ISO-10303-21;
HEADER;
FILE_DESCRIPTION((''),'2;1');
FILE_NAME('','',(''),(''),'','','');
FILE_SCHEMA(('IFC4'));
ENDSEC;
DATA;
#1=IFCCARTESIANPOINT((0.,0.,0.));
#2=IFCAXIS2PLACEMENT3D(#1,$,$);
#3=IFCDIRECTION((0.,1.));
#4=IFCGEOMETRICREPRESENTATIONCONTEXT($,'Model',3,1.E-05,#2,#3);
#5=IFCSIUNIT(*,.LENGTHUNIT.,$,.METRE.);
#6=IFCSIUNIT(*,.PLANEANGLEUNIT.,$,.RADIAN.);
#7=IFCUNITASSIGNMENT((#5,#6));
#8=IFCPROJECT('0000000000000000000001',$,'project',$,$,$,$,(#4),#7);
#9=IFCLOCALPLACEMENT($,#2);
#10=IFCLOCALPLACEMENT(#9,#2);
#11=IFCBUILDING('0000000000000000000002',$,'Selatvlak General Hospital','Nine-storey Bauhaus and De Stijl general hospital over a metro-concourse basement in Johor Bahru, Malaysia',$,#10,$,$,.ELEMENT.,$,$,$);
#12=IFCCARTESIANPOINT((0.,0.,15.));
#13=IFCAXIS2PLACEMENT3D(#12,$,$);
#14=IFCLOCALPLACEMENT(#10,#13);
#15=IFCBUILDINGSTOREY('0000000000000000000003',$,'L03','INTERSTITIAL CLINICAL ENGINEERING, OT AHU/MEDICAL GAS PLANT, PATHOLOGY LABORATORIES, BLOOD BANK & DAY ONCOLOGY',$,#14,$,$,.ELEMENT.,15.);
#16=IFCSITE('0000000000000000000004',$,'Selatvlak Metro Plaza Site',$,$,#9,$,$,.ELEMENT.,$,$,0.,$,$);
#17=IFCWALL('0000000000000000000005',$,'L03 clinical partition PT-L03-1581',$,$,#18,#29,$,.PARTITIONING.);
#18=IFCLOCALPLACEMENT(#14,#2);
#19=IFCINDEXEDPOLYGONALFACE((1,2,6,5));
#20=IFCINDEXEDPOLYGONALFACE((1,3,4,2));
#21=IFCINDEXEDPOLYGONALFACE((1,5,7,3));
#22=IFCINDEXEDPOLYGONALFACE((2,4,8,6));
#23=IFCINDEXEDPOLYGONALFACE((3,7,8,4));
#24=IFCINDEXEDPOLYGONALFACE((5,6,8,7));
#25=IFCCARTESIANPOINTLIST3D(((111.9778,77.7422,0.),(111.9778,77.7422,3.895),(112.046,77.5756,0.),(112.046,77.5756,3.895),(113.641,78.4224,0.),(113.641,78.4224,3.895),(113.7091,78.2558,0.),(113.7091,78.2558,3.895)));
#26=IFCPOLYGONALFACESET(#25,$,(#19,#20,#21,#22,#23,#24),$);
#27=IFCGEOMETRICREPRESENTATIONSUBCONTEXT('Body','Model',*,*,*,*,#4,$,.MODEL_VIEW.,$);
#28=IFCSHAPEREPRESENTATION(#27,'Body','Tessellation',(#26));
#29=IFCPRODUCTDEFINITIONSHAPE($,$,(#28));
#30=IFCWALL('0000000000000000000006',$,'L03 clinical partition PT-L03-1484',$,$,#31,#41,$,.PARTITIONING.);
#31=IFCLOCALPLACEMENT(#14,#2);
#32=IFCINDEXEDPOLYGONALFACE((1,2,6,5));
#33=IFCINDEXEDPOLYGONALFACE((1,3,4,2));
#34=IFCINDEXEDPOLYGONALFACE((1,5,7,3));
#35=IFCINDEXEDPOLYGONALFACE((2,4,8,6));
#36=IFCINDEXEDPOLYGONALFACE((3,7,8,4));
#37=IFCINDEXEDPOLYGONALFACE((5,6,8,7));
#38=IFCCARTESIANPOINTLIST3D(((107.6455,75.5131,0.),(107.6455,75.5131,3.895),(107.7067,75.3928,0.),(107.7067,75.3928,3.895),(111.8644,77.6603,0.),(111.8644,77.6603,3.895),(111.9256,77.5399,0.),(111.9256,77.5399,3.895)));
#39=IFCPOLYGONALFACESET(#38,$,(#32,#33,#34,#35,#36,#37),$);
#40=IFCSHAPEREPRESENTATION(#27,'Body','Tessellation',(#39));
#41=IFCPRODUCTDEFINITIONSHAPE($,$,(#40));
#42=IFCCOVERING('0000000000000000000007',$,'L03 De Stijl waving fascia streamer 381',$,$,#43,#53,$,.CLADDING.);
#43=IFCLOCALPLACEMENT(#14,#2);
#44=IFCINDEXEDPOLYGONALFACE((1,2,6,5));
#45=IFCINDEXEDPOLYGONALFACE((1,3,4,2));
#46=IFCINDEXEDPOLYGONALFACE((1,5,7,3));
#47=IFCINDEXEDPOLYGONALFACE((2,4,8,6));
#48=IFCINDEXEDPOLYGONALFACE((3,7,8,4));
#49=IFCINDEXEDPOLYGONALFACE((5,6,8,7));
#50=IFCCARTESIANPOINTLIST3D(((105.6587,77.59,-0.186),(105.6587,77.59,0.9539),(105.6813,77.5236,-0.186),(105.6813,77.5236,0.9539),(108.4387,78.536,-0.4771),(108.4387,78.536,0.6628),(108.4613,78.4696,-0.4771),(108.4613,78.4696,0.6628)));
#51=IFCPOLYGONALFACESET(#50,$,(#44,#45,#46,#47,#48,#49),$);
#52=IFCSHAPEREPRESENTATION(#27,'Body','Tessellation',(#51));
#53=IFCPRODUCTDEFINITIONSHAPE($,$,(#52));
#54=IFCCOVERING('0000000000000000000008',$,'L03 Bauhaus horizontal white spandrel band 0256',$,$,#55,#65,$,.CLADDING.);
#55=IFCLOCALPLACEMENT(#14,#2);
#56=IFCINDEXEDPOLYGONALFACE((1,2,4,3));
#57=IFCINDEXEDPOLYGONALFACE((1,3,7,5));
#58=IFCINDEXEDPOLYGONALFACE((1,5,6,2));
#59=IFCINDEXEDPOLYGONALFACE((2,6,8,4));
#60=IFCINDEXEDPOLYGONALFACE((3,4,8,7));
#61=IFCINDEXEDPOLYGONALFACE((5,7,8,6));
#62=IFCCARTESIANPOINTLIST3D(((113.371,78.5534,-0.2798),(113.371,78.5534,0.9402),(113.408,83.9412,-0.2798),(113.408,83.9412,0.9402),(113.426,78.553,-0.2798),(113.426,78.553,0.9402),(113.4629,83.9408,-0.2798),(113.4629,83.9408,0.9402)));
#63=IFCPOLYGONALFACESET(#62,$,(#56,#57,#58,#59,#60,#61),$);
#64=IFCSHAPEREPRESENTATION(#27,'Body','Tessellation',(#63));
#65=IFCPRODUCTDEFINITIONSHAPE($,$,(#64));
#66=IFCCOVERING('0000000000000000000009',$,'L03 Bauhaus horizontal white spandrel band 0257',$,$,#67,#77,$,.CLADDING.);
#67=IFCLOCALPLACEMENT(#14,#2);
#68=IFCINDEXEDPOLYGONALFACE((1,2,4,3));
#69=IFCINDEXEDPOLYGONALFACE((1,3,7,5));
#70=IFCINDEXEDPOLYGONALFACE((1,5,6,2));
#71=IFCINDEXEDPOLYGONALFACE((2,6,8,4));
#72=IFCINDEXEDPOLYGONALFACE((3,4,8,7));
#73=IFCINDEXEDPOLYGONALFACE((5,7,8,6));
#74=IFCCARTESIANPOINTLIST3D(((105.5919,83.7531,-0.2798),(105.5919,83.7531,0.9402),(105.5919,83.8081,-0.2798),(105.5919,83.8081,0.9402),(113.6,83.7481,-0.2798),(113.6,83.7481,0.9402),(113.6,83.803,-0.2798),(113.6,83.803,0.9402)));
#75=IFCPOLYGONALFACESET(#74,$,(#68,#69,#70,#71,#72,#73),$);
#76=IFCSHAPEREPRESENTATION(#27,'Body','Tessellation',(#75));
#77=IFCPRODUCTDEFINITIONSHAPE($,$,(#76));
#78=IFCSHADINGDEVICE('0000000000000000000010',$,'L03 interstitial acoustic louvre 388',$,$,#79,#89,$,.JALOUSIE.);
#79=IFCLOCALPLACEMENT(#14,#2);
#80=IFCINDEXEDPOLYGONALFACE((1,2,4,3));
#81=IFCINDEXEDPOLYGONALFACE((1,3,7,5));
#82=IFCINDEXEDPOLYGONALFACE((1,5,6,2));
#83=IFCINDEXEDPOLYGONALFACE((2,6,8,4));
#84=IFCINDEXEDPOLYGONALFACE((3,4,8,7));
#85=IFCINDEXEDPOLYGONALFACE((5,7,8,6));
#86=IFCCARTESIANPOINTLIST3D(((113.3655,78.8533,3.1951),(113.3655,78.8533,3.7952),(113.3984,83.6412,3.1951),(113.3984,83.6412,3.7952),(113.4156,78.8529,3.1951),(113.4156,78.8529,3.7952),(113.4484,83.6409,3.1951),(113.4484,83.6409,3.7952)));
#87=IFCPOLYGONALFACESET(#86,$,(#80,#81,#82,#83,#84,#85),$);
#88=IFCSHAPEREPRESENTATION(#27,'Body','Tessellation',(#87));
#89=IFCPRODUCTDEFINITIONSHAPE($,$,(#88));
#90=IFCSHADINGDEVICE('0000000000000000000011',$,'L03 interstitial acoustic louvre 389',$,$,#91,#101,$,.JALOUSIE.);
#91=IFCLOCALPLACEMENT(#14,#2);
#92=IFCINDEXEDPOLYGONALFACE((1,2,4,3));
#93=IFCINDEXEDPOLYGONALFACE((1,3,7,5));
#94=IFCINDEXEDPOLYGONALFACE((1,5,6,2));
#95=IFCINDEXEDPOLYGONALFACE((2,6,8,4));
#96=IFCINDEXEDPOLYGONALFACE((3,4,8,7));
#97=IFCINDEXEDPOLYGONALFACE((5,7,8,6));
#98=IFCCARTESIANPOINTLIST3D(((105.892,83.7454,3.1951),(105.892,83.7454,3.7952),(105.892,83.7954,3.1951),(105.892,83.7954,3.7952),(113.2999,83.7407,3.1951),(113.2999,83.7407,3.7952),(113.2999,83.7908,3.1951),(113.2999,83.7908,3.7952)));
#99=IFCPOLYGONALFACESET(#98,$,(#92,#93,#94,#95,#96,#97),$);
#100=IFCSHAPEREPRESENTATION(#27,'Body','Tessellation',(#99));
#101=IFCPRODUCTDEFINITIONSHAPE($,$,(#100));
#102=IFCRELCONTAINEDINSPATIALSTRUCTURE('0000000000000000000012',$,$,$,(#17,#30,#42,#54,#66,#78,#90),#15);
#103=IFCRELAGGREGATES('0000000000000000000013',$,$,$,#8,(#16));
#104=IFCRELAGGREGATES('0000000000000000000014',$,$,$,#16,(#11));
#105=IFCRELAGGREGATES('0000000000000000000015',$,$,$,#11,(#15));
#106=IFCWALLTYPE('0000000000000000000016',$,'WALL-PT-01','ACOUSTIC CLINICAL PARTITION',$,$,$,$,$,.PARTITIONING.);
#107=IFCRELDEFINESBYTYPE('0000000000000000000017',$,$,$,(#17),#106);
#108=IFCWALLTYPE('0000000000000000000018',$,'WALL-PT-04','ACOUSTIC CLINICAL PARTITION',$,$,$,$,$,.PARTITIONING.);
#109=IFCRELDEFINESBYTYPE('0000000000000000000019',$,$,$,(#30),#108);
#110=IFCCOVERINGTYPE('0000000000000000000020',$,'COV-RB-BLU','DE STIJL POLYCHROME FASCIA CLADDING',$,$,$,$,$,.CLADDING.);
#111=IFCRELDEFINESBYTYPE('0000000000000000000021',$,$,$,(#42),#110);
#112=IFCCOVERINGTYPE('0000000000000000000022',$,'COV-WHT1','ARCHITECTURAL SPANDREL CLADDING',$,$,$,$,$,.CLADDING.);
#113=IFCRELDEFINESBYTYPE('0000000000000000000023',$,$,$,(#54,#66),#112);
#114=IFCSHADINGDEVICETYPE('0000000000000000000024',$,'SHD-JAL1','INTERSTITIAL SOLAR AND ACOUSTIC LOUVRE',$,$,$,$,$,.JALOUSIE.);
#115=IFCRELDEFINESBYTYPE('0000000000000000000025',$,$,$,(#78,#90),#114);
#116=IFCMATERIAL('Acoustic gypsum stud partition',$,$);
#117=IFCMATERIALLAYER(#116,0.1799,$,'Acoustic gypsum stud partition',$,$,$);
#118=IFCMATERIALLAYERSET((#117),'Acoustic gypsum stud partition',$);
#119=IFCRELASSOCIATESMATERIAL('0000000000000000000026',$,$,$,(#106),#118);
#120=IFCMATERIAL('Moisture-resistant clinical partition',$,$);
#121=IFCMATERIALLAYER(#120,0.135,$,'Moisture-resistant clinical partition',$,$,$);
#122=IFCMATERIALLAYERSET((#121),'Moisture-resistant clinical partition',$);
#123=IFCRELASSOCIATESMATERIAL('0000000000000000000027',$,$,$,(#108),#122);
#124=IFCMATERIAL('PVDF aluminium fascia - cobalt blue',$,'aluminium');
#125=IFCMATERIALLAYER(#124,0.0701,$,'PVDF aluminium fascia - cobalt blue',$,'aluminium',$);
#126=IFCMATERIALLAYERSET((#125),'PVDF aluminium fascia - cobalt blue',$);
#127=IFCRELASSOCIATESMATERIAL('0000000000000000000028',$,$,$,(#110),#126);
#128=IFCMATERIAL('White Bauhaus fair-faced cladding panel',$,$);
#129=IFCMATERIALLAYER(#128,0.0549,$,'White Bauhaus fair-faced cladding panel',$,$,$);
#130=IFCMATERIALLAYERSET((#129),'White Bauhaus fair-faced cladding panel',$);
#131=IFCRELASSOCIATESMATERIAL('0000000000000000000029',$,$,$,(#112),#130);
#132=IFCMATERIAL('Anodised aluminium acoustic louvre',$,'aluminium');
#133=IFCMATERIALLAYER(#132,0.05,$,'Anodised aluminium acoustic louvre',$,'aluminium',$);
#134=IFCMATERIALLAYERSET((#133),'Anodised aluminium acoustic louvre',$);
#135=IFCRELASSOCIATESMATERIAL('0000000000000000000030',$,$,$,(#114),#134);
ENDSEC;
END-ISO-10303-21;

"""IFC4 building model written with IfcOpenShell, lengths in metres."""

from ifc_helpers import new_model, si_unit, direction, frame, frame_2d, origin, origin_2d, place, context, subcontext, project, spatial, polyline, rectangle, outline, extrude, material, layer, layer_set, type_object, element, save


model = new_model("IFC4")

# Units and contexts
model_context = context("Model", 3, precision=1e-05, world=origin(), true_north=direction((0.0, 1.0)))
body_context = subcontext(model_context, "Body", "Model", "MODEL_VIEW")
ifc_project = project(units=[si_unit("LENGTHUNIT", "METRE"), si_unit("PLANEANGLEUNIT", "RADIAN")], contexts=[model_context])

# Site, building, storey
site_placement = place(None, origin())
site = spatial("IfcSite", under=ifc_project, at=site_placement, Name="Selatvlak Metro Plaza Site", CompositionType="ELEMENT", RefElevation=0.0)
building_placement = place(site_placement, origin())
building = spatial("IfcBuilding", under=site, at=building_placement, Name="Selatvlak General Hospital", Description="Nine-storey Bauhaus and De Stijl general hospital over a metro-concourse basement in Johor Bahru, Malaysia", CompositionType="ELEMENT")
storey_placement = place(building_placement, frame((0.0, 0.0, 15.0)))
storey = spatial("IfcBuildingStorey", under=building, at=storey_placement, Name="L03", Description="INTERSTITIAL CLINICAL ENGINEERING, OT AHU/MEDICAL GAS PLANT, PATHOLOGY LABORATORIES, BLOOD BANK & DAY ONCOLOGY", CompositionType="ELEMENT", Elevation=15.0)

# Walls
ifc_material_1 = material(Name="Acoustic gypsum stud partition")
ifc_layer_1 = layer(ifc_material_1, 0.1799, Name="Acoustic gypsum stud partition")
ifc_layer_set_1 = layer_set([ifc_layer_1], Name="Acoustic gypsum stud partition")
wall_type_1 = type_object("IfcWallType", Name="WALL-PT-01", Description="ACOUSTIC CLINICAL PARTITION", PredefinedType="PARTITIONING", material=ifc_layer_set_1)
wall_1_placement = place(storey_placement, frame((113.675, 78.3391, 0.0), z_axis=(0.0, 0.0, 1.0), x_axis=(-0.925582, -0.378548, 0.0)))
element("IfcWall", 1, at=wall_1_placement, inside=storey, type_object=wall_type_1, Name="L03 clinical partition PT-L03-1581", PredefinedType="PARTITIONING", context=body_context, shape_type="SweptSolid", body=[
    extrude(rectangle(XDim=1.7969, YDim=0.1799, at=frame_2d((0.8984, 0.0))), origin(), (0.0, 0.0, 1.0), 3.895),
])
ifc_material_2 = material(Name="Moisture-resistant clinical partition")
ifc_layer_2 = layer(ifc_material_2, 0.135, Name="Moisture-resistant clinical partition")
ifc_layer_set_2 = layer_set([ifc_layer_2], Name="Moisture-resistant clinical partition")
wall_type_2 = type_object("IfcWallType", Name="WALL-PT-04", Description="ACOUSTIC CLINICAL PARTITION", PredefinedType="PARTITIONING", material=ifc_layer_set_2)
wall_2_placement = place(storey_placement, frame((111.895, 77.6001, 0.0), z_axis=(0.0, 0.0, 1.0), x_axis=(-0.891217, -0.453577, 0.0)))
element("IfcWall", 2, at=wall_2_placement, inside=storey, type_object=wall_type_2, Name="L03 clinical partition PT-L03-1484", PredefinedType="PARTITIONING", context=body_context, shape_type="SweptSolid", body=[
    extrude(rectangle(XDim=4.7339, YDim=0.135, at=frame_2d((2.3669, 0.0))), origin(), (0.0, 0.0, 1.0), 3.895),
])

# Coverings
ifc_material_3 = material(Name="PVDF aluminium fascia - cobalt blue", Category="aluminium")
ifc_layer_3 = layer(ifc_material_3, 0.0701, Name="PVDF aluminium fascia - cobalt blue", Category="aluminium")
ifc_layer_set_3 = layer_set([ifc_layer_3], Name="PVDF aluminium fascia - cobalt blue")
covering_type_1 = type_object("IfcCoveringType", Name="COV-RB-BLU", Description="DE STIJL POLYCHROME FASCIA CLADDING", PredefinedType="CLADDING", material=ifc_layer_set_3)
covering_1_placement = place(storey_placement, frame((108.45, 78.5029, -0.4771), z_axis=(0.0, 0.0, 1.0), x_axis=(-0.946686, -0.322158, 0.0)))
element("IfcCovering", 3, at=covering_1_placement, inside=storey, type_object=covering_type_1, Name="L03 De Stijl waving fascia streamer 381", PredefinedType="CLADDING", context=body_context, shape_type="SweptSolid", body=[
    extrude(outline(polyline([(0.0, 0.0), (2.9365, 0.291), (2.9365, 1.4309), (0.0, 1.1399), (0.0, 0.0)])), frame((0.0, 0.0352, 0.0), z_axis=(0.0, -1.0, 0.0), x_axis=(1.0, 0.0, 0.0)), (0.0, 0.0, 1.0), 0.0701),
])
ifc_material_4 = material(Name="White Bauhaus fair-faced cladding panel")
ifc_layer_4 = layer(ifc_material_4, 0.0549, Name="White Bauhaus fair-faced cladding panel")
ifc_layer_set_4 = layer_set([ifc_layer_4], Name="White Bauhaus fair-faced cladding panel")
covering_type_2 = type_object("IfcCoveringType", Name="COV-WHT1", Description="ARCHITECTURAL SPANDREL CLADDING", PredefinedType="CLADDING", material=ifc_layer_set_4)
covering_2_placement = place(storey_placement, frame((113.417, 81.2471, -0.2798), z_axis=(0.0, 0.0, 1.0), x_axis=(0.006859, 0.999976, 0.0)))
element("IfcCovering", 4, at=covering_2_placement, inside=storey, type_object=covering_type_2, Name="L03 Bauhaus horizontal white spandrel band 0256", PredefinedType="CLADDING", context=body_context, shape_type="SweptSolid", body=[
    extrude(rectangle(XDim=5.3879, YDim=0.0549, at=origin_2d()), origin(), (0.0, 0.0, 1.0), 1.22),
])
covering_3_placement = place(storey_placement, frame((109.5959, 83.7781, -0.2798), z_axis=(0.0, 0.0, 1.0), x_axis=(-1.0, 0.000628, 0.0)))
element("IfcCovering", 5, at=covering_3_placement, inside=storey, type_object=covering_type_2, Name="L03 Bauhaus horizontal white spandrel band 0257", PredefinedType="CLADDING", context=body_context, shape_type="SweptSolid", body=[
    extrude(rectangle(XDim=8.0081, YDim=0.0549, at=origin_2d()), origin(), (0.0, 0.0, 1.0), 1.22),
])

# Shading devices
ifc_material_5 = material(Name="Anodised aluminium acoustic louvre", Category="aluminium")
ifc_layer_5 = layer(ifc_material_5, 0.05, Name="Anodised aluminium acoustic louvre", Category="aluminium")
ifc_layer_set_5 = layer_set([ifc_layer_5], Name="Anodised aluminium acoustic louvre")
shading_device_type = type_object("IfcShadingDeviceType", Name="SHD-JAL1", Description="INTERSTITIAL SOLAR AND ACOUSTIC LOUVRE", PredefinedType="JALOUSIE", material=ifc_layer_set_5)
shading_device_1_placement = place(storey_placement, frame((113.407, 81.2471, 3.1951), z_axis=(0.0, 0.0, 1.0), x_axis=(0.006859, 0.999976, 0.0)))
element("IfcShadingDevice", 6, at=shading_device_1_placement, inside=storey, type_object=shading_device_type, Name="L03 interstitial acoustic louvre 388", PredefinedType="JALOUSIE", context=body_context, shape_type="SweptSolid", body=[
    extrude(rectangle(XDim=4.7881, YDim=0.05, at=origin_2d()), origin(), (0.0, 0.0, 1.0), 0.6001),
])
shading_device_2_placement = place(storey_placement, frame((109.5959, 83.7681, 3.1951), z_axis=(0.0, 0.0, 1.0), x_axis=(-1.0, 0.000628, 0.0)))
element("IfcShadingDevice", 7, at=shading_device_2_placement, inside=storey, type_object=shading_device_type, Name="L03 interstitial acoustic louvre 389", PredefinedType="JALOUSIE", context=body_context, shape_type="SweptSolid", body=[
    extrude(rectangle(XDim=7.408, YDim=0.05, at=origin_2d()), origin(), (0.0, 0.0, 1.0), 0.6001),
])

save(model, "model.ifc")
